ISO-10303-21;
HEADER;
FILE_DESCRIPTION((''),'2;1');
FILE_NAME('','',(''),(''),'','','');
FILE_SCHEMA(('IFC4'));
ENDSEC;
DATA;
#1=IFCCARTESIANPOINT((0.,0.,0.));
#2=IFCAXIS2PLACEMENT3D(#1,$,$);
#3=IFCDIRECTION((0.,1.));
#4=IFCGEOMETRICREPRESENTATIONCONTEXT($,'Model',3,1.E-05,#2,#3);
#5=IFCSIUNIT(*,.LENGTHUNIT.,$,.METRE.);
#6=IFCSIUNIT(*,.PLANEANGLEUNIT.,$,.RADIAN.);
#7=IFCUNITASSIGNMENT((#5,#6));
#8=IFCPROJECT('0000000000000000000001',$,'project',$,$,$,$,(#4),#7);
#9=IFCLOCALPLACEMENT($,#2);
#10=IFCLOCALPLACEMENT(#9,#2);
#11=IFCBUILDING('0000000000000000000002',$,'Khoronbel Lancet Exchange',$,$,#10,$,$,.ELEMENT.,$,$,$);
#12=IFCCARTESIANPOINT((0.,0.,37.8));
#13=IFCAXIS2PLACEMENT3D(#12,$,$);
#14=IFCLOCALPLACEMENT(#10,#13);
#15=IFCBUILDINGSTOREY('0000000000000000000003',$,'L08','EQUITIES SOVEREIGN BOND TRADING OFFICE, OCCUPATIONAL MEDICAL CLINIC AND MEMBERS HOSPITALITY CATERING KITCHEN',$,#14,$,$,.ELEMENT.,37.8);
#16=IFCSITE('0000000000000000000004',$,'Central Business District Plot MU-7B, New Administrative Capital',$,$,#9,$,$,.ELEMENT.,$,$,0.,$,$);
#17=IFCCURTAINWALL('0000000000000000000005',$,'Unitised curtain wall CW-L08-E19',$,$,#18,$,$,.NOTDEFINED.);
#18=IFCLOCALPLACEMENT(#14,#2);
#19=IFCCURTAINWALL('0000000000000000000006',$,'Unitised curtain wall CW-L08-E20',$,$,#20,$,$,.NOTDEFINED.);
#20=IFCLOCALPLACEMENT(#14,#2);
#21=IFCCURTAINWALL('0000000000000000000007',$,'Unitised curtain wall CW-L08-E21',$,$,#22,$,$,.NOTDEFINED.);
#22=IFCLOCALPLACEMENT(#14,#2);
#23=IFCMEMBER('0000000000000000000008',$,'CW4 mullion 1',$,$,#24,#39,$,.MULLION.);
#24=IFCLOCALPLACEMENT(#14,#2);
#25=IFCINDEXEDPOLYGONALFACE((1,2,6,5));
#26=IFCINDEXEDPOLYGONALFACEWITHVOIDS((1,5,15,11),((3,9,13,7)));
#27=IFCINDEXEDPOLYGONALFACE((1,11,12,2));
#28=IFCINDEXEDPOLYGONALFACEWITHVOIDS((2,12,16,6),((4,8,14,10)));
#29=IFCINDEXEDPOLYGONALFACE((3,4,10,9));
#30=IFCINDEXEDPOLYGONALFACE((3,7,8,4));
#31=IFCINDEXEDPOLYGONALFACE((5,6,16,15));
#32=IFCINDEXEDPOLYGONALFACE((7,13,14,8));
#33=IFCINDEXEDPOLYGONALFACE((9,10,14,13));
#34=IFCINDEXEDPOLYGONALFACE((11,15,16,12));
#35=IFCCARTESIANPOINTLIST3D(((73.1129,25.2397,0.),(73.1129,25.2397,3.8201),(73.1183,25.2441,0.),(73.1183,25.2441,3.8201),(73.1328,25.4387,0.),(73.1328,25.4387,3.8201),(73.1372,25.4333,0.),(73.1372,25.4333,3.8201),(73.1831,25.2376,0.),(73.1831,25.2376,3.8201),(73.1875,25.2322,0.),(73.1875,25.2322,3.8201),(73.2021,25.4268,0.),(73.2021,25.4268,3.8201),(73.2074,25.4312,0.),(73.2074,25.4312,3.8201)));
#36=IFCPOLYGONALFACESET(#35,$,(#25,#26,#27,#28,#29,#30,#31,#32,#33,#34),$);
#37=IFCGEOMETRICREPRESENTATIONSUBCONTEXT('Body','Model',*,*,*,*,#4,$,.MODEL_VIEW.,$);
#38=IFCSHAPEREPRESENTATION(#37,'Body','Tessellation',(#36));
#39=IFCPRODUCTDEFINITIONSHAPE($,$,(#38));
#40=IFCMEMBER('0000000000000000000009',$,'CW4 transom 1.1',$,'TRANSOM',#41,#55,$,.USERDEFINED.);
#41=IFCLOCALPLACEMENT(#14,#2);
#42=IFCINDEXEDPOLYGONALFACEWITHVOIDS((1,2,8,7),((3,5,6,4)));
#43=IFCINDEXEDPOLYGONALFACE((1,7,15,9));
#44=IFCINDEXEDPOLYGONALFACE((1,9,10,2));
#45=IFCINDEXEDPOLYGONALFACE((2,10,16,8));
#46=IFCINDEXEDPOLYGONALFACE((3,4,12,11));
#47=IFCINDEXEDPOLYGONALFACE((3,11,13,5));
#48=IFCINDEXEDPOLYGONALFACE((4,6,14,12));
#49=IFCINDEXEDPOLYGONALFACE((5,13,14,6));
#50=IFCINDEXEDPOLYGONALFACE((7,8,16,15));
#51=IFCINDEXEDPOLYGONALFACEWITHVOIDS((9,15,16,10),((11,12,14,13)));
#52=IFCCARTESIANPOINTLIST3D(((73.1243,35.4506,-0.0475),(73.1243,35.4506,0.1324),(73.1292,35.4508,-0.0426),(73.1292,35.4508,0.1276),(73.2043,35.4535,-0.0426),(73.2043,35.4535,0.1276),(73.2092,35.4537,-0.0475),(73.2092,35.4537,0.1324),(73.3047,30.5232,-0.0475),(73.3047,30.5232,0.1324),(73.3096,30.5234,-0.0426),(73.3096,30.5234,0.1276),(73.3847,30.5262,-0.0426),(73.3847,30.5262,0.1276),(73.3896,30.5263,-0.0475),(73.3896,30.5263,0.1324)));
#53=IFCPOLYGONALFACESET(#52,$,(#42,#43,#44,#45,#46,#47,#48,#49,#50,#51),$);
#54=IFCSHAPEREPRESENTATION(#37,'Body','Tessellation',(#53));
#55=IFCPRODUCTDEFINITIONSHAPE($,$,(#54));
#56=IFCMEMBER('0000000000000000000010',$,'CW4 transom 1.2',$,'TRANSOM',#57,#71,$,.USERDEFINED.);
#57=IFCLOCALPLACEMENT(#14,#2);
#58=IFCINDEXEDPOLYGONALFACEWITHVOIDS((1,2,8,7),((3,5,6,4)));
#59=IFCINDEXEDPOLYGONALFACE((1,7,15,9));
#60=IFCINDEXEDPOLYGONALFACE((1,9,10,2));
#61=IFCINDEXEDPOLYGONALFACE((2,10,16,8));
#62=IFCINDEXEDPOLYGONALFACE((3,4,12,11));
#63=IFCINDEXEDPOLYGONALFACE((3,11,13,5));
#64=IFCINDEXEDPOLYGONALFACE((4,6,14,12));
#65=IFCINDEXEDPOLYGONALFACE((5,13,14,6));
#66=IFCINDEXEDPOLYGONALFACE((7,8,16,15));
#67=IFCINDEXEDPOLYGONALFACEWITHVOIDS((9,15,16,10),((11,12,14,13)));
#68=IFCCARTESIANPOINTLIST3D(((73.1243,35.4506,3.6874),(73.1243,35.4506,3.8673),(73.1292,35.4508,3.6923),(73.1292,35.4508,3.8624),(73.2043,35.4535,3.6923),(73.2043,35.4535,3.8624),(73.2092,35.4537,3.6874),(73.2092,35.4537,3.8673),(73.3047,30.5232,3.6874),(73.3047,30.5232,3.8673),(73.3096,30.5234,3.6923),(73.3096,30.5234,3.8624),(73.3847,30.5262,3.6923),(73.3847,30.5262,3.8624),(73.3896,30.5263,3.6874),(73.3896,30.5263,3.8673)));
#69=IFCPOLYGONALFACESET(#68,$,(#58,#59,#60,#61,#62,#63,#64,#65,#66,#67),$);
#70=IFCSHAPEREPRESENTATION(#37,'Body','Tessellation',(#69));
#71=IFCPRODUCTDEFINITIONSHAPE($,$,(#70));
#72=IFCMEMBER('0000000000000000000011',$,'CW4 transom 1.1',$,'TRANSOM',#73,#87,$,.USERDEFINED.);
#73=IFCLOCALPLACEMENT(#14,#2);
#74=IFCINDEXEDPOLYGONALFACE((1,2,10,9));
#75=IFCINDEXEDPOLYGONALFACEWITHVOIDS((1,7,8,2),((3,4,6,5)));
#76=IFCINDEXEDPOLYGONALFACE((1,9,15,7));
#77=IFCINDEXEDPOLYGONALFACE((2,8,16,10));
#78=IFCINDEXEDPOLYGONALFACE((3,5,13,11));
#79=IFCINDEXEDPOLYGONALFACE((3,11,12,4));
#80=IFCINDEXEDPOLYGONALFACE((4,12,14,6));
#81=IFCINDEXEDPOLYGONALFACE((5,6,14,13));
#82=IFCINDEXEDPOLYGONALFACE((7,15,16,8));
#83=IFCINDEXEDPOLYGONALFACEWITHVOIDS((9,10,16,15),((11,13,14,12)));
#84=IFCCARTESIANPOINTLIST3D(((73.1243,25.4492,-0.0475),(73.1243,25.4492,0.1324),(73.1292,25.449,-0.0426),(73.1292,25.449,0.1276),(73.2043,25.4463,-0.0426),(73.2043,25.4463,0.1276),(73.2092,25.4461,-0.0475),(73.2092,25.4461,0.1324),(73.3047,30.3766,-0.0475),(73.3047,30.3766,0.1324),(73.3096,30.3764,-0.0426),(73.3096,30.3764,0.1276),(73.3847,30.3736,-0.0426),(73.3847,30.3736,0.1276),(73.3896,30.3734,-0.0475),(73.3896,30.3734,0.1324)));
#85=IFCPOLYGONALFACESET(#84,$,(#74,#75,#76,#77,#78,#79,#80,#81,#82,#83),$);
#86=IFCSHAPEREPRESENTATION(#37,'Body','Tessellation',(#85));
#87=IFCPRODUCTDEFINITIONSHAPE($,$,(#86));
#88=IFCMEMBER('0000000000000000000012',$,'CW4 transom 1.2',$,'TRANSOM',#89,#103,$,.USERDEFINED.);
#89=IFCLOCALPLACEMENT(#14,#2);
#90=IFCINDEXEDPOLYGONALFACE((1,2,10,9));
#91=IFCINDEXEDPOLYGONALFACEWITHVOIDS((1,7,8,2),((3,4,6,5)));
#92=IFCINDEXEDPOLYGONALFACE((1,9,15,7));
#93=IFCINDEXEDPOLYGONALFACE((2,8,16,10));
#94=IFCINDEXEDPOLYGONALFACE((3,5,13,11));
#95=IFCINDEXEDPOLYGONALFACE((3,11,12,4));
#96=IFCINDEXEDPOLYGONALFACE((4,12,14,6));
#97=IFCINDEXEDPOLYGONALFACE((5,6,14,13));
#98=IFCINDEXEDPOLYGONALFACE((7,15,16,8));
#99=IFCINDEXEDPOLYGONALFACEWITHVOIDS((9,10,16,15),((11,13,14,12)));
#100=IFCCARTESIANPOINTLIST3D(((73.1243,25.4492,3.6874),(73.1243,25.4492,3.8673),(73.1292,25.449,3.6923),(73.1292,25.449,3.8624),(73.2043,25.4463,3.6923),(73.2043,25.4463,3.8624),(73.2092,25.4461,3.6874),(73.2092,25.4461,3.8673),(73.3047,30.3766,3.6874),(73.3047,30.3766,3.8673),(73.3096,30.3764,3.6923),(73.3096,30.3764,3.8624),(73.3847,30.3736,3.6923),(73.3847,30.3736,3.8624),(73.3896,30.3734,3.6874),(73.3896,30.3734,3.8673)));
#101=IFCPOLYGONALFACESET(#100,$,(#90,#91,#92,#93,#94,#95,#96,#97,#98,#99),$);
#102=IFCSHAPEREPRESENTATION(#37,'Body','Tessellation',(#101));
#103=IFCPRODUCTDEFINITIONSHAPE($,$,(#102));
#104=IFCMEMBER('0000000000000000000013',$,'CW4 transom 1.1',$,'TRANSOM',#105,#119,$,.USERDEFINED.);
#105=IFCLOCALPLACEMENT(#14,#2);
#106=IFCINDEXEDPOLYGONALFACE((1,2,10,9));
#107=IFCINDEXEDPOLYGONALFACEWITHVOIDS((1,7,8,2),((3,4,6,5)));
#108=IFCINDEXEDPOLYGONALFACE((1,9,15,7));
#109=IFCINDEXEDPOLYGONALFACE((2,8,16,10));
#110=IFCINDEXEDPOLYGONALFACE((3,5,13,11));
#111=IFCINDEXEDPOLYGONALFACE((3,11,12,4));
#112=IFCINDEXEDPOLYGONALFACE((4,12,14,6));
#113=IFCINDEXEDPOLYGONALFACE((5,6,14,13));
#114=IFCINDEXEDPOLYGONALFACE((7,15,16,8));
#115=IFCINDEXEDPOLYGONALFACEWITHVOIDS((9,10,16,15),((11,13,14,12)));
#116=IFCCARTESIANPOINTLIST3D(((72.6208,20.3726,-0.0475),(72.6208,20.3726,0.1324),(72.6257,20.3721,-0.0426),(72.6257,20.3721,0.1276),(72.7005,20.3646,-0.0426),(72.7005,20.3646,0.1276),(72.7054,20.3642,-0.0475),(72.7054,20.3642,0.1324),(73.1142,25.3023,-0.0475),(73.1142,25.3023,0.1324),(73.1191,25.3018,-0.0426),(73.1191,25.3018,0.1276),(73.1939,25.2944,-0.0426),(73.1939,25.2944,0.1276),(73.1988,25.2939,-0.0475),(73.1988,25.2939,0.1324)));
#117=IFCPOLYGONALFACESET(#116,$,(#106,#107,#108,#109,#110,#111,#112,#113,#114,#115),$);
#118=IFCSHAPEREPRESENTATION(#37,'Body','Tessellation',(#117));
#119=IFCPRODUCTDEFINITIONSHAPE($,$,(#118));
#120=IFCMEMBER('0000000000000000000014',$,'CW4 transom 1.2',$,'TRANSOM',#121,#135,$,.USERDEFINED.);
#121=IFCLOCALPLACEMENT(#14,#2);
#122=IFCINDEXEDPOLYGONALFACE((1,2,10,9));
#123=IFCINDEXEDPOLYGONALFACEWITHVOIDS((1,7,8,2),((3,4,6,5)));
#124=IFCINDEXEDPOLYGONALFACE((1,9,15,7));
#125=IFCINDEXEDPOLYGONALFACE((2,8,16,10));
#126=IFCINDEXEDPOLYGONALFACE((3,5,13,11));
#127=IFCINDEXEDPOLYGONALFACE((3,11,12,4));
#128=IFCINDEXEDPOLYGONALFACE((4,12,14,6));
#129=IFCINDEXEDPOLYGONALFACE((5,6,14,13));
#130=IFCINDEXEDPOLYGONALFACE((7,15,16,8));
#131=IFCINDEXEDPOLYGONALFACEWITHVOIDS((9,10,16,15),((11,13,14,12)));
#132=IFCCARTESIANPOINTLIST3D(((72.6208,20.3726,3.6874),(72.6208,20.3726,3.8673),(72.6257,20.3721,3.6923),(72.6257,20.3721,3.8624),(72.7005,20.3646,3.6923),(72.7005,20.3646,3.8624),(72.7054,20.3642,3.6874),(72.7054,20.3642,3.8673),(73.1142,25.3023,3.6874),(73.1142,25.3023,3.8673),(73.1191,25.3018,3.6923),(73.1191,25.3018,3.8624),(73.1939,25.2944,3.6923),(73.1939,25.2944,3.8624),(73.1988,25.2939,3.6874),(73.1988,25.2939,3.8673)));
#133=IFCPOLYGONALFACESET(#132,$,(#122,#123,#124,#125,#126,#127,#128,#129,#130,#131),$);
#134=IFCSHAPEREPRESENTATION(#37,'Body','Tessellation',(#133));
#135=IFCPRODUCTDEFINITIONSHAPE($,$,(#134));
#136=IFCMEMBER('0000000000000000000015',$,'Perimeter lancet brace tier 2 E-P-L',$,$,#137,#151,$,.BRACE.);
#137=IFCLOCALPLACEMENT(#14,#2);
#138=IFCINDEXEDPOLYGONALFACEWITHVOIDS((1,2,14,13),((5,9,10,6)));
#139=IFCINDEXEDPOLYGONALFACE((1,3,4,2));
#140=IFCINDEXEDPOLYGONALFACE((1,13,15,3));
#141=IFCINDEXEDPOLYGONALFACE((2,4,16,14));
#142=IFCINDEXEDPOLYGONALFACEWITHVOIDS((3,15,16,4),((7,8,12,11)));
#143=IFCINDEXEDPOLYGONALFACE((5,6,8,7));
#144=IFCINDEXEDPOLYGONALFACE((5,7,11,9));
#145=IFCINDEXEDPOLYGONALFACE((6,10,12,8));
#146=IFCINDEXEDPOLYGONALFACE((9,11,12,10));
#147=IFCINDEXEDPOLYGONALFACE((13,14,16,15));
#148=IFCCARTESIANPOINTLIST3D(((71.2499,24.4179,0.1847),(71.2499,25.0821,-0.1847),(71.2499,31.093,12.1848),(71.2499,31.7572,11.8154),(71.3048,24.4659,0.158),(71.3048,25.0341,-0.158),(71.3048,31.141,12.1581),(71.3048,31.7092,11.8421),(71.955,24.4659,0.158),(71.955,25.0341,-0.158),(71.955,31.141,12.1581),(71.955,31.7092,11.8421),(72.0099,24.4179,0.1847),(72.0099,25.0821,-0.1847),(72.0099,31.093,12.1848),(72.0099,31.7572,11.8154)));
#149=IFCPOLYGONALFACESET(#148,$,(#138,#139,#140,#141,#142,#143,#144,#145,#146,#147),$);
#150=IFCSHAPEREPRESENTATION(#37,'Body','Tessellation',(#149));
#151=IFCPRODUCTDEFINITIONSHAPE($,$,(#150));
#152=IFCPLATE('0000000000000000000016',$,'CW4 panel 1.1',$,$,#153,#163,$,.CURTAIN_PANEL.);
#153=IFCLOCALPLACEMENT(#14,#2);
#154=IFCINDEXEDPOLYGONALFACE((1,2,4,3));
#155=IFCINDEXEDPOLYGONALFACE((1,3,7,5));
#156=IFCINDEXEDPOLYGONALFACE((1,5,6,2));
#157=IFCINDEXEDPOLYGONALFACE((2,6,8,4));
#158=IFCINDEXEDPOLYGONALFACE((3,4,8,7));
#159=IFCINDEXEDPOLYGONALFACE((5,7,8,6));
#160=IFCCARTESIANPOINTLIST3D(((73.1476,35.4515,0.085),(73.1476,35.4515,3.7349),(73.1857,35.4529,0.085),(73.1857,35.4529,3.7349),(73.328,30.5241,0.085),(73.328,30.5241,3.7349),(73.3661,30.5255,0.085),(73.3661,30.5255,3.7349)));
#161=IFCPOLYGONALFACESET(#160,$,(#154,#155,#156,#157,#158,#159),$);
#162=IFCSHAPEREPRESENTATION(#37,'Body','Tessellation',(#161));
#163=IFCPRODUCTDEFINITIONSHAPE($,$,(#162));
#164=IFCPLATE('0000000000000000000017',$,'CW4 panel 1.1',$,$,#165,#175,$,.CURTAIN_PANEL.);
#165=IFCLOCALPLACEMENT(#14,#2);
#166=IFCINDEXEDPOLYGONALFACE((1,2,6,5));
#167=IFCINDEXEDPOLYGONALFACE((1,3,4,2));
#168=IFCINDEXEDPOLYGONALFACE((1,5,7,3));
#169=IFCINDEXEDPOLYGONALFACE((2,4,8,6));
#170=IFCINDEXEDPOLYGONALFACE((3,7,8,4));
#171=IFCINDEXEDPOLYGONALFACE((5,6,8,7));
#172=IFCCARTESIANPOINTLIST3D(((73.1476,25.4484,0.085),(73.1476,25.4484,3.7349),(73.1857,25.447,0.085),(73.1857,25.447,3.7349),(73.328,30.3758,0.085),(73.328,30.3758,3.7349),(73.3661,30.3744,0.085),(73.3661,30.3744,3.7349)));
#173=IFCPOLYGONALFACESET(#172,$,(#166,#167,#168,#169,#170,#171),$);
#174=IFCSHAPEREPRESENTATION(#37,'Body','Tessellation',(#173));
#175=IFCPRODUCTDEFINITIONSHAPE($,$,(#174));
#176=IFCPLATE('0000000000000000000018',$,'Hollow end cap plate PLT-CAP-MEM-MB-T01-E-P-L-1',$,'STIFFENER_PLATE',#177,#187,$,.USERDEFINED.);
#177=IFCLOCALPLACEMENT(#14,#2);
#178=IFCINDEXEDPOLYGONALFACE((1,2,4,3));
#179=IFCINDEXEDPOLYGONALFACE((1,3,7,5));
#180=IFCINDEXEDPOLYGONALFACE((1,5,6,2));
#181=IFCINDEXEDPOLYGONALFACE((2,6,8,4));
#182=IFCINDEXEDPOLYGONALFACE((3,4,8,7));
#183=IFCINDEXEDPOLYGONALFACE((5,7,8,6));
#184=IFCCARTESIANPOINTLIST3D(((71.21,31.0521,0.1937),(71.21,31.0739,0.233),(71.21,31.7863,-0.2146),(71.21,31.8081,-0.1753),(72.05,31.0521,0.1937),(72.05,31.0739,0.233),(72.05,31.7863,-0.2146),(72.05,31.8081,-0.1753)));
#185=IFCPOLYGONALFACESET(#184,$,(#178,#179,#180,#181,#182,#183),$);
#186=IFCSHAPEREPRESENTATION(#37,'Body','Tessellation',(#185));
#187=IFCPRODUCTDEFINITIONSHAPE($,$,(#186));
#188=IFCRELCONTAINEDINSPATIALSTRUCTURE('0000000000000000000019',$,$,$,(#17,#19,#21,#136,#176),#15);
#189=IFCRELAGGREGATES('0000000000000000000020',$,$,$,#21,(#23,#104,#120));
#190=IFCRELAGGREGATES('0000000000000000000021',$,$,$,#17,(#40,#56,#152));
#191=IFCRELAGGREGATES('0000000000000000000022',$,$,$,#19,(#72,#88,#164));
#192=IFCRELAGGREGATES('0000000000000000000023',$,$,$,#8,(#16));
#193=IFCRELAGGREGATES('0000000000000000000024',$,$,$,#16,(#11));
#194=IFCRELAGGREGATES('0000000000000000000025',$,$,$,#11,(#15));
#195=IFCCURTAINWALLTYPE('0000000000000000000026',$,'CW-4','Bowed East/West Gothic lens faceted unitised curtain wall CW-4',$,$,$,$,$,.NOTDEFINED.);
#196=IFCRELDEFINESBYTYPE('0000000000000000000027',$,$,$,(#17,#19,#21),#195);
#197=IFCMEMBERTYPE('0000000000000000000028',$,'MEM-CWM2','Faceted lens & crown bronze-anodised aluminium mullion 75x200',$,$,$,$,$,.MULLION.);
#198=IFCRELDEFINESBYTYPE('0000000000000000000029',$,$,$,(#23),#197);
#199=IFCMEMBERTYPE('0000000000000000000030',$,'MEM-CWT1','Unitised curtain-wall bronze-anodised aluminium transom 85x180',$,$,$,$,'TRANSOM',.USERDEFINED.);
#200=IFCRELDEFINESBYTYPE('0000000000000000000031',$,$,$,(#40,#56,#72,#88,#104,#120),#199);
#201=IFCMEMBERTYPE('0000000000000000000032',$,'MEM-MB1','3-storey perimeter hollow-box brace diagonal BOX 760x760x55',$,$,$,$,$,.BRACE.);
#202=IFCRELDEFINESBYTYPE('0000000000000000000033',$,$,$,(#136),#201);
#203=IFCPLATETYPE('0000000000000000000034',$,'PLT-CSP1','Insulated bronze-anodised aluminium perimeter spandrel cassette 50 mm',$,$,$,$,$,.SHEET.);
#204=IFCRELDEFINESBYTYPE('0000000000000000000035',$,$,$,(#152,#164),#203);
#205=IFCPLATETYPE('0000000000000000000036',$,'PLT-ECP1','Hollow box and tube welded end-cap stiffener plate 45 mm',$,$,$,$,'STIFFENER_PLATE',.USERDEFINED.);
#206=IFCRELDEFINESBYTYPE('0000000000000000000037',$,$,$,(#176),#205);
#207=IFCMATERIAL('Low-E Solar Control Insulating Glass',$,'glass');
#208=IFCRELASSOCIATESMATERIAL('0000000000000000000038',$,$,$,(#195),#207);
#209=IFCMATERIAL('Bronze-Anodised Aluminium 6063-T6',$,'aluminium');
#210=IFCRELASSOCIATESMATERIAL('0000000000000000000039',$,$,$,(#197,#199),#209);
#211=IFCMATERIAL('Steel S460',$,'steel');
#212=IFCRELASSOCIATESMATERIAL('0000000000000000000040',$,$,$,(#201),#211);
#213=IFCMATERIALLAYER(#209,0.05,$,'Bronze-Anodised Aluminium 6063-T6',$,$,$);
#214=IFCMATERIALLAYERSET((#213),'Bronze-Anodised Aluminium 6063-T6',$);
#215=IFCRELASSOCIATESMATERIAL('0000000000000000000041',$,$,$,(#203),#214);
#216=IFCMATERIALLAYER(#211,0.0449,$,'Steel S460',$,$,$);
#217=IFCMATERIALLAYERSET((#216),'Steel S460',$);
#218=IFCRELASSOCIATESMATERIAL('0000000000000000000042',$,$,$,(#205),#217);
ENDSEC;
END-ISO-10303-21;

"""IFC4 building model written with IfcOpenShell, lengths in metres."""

from ifc_helpers import new_model, si_unit, direction, frame, origin, origin_2d, place, context, subcontext, project, spatial, polyline, rectangle, hollow_rectangle, outline, extrude, material, layer, layer_set, material_profile, profile_set, type_object, element, aggregate, save


model = new_model("IFC4")

# Units and contexts
model_context = context("Model", 3, precision=1e-05, world=origin(), true_north=direction((0.0, 1.0)))
body_context = subcontext(model_context, "Body", "Model", "MODEL_VIEW")
ifc_project = project(units=[si_unit("LENGTHUNIT", "METRE"), si_unit("PLANEANGLEUNIT", "RADIAN")], contexts=[model_context])

# Site, building, storey
site_placement = place(None, origin())
site = spatial("IfcSite", under=ifc_project, at=site_placement, Name="Central Business District Plot MU-7B, New Administrative Capital", CompositionType="ELEMENT", RefElevation=0.0)
building_placement = place(site_placement, origin())
building = spatial("IfcBuilding", under=site, at=building_placement, Name="Khoronbel Lancet Exchange", CompositionType="ELEMENT")
storey_placement = place(building_placement, frame((0.0, 0.0, 37.8)))
storey = spatial("IfcBuildingStorey", under=building, at=storey_placement, Name="L08", Description="EQUITIES SOVEREIGN BOND TRADING OFFICE, OCCUPATIONAL MEDICAL CLINIC AND MEMBERS HOSPITALITY CATERING KITCHEN", CompositionType="ELEMENT", Elevation=37.8)

# Shared definitions
ifc_material_1 = material(Name="Low-E Solar Control Insulating Glass", Category="glass")
curtain_wall_type = type_object("IfcCurtainWallType", Name="CW-4", Description="Bowed East/West Gothic lens faceted unitised curtain wall CW-4", PredefinedType="NOTDEFINED", material=ifc_material_1)
ifc_material_2 = material(Name="Bronze-Anodised Aluminium 6063-T6", Category="aluminium")
ifc_material_profile_1 = material_profile(ifc_material_2, hollow_rectangle(XDim=0.075, YDim=0.2, WallThickness=0.0049, at=origin_2d()), Name="ALU MULLION 75x200")
ifc_profile_set_1 = profile_set([ifc_material_profile_1], Name="Bronze-Anodised Aluminium 6063-T6")
member_type_1 = type_object("IfcMemberType", Name="MEM-CWM2", Description="Faceted lens & crown bronze-anodised aluminium mullion 75x200", PredefinedType="MULLION", material=ifc_profile_set_1)

# Curtain walls
curtain_wall_1_placement = place(storey_placement, origin())
curtain_wall_1 = element("IfcCurtainWall", 1, at=curtain_wall_1_placement, inside=storey, type_object=curtain_wall_type, Name="Unitised curtain wall CW-L08-E19", PredefinedType="NOTDEFINED")
curtain_wall_2_placement = place(storey_placement, origin())
curtain_wall_2 = element("IfcCurtainWall", 2, at=curtain_wall_2_placement, inside=storey, type_object=curtain_wall_type, Name="Unitised curtain wall CW-L08-E20", PredefinedType="NOTDEFINED")

# Curtain wall, member
curtain_wall_3_placement = place(storey_placement, origin())
curtain_wall_3 = element("IfcCurtainWall", 3, at=curtain_wall_3_placement, inside=storey, type_object=curtain_wall_type, Name="Unitised curtain wall CW-L08-E21", PredefinedType="NOTDEFINED")
member_1_placement = place(storey_placement, frame((73.1602, 25.3354, 0.0), z_axis=(0.0, 0.0, 1.0), x_axis=(0.995027, -0.099603, 0.0)))
member_1 = element("IfcMember", 4, at=member_1_placement, type_object=member_type_1, Name="CW4 mullion 1", PredefinedType="MULLION", context=body_context, shape_type="SweptSolid", body=[
    extrude(hollow_rectangle(XDim=0.075, YDim=0.2, WallThickness=0.0049, at=origin_2d()), origin(), (0.0, 0.0, 1.0), 3.8201),
])

# Members
ifc_material_profile_2 = material_profile(ifc_material_2, hollow_rectangle(XDim=0.085, YDim=0.1799, WallThickness=0.0049, at=origin_2d()), Name="ALU TRANSOM 85x180")
ifc_profile_set_2 = profile_set([ifc_material_profile_2], Name="Bronze-Anodised Aluminium 6063-T6")
member_type_2 = type_object("IfcMemberType", Name="MEM-CWT1", Description="Unitised curtain-wall bronze-anodised aluminium transom 85x180", ElementType="TRANSOM", PredefinedType="USERDEFINED", material=ifc_profile_set_2)
member_2_placement = place(storey_placement, frame((73.1667, 35.4521, 0.0425), z_axis=(0.036592, -0.99933, 0.0), x_axis=(0.99933, 0.036592, 0.0)))
member_2 = element("IfcMember", 5, at=member_2_placement, type_object=member_type_2, Name="CW4 transom 1.1", ObjectType="TRANSOM", PredefinedType="USERDEFINED", context=body_context, shape_type="SweptSolid", body=[
    extrude(hollow_rectangle(XDim=0.085, YDim=0.1799, WallThickness=0.0049, at=origin_2d()), origin(), (0.0, 0.0, 1.0), 4.9307),
])
member_3_placement = place(storey_placement, frame((73.1667, 35.4521, 3.7773), z_axis=(0.036592, -0.99933, 0.0), x_axis=(0.99933, 0.036592, 0.0)))
member_3 = element("IfcMember", 6, at=member_3_placement, type_object=member_type_2, Name="CW4 transom 1.2", ObjectType="TRANSOM", PredefinedType="USERDEFINED", context=body_context, shape_type="SweptSolid", body=[
    extrude(hollow_rectangle(XDim=0.085, YDim=0.1799, WallThickness=0.0049, at=origin_2d()), origin(), (0.0, 0.0, 1.0), 4.9307),
])
member_4_placement = place(storey_placement, frame((73.3472, 30.375, 0.0425), z_axis=(-0.036592, -0.99933, 0.0), x_axis=(0.99933, -0.036592, 0.0)))
member_4 = element("IfcMember", 7, at=member_4_placement, type_object=member_type_2, Name="CW4 transom 1.1", ObjectType="TRANSOM", PredefinedType="USERDEFINED", context=body_context, shape_type="SweptSolid", body=[
    extrude(hollow_rectangle(XDim=0.085, YDim=0.1799, WallThickness=0.0049, at=origin_2d()), origin(), (0.0, 0.0, 1.0), 4.9307),
])
member_5_placement = place(storey_placement, frame((73.3472, 30.375, 3.7773), z_axis=(-0.036592, -0.99933, 0.0), x_axis=(0.99933, -0.036592, 0.0)))
member_5 = element("IfcMember", 8, at=member_5_placement, type_object=member_type_2, Name="CW4 transom 1.2", ObjectType="TRANSOM", PredefinedType="USERDEFINED", context=body_context, shape_type="SweptSolid", body=[
    extrude(hollow_rectangle(XDim=0.085, YDim=0.1799, WallThickness=0.0049, at=origin_2d()), origin(), (0.0, 0.0, 1.0), 4.9307),
])
member_6_placement = place(storey_placement, frame((73.1565, 25.2981, 0.0425), z_axis=(-0.099592, -0.995028, 0.0), x_axis=(0.995028, -0.099592, 0.0)))
member_6 = element("IfcMember", 9, at=member_6_placement, type_object=member_type_2, Name="CW4 transom 1.1", ObjectType="TRANSOM", PredefinedType="USERDEFINED", context=body_context, shape_type="SweptSolid", body=[
    extrude(hollow_rectangle(XDim=0.085, YDim=0.1799, WallThickness=0.0049, at=origin_2d()), origin(), (0.0, 0.0, 1.0), 4.9543),
])
member_7_placement = place(storey_placement, frame((73.1565, 25.2981, 3.7773), z_axis=(-0.099592, -0.995028, 0.0), x_axis=(0.995028, -0.099592, 0.0)))
member_7 = element("IfcMember", 10, at=member_7_placement, type_object=member_type_2, Name="CW4 transom 1.2", ObjectType="TRANSOM", PredefinedType="USERDEFINED", context=body_context, shape_type="SweptSolid", body=[
    extrude(hollow_rectangle(XDim=0.085, YDim=0.1799, WallThickness=0.0049, at=origin_2d()), origin(), (0.0, 0.0, 1.0), 4.9543),
])
aggregate(curtain_wall_3, [member_1, member_6, member_7])
ifc_material_3 = material(Name="Steel S460", Category="steel")
ifc_material_profile_3 = material_profile(ifc_material_3, hollow_rectangle(XDim=0.76, YDim=0.76, WallThickness=0.0549, at=origin_2d()), Name="BOX 760x760x55")
ifc_profile_set_3 = profile_set([ifc_material_profile_3], Name="Steel S460")
member_type_3 = type_object("IfcMemberType", Name="MEM-MB1", Description="3-storey perimeter hollow-box brace diagonal BOX 760x760x55", PredefinedType="BRACE", material=ifc_profile_set_3)
member_8_placement = place(storey_placement, frame((71.6299, 24.75, 0.0), z_axis=(0.0, 0.486109, 0.873898), x_axis=(-1.0, 0.0, 0.0)))
element("IfcMember", 11, at=member_8_placement, inside=storey, type_object=member_type_3, Name="Perimeter lancet brace tier 2 E-P-L", PredefinedType="BRACE", context=body_context, shape_type="SweptSolid", body=[
    extrude(hollow_rectangle(XDim=0.76, YDim=0.76, WallThickness=0.0549, at=origin_2d()), origin(), (0.0, 0.0, 1.0), 13.7317),
])

# Plates
ifc_layer_1 = layer(ifc_material_2, 0.05, Name="Bronze-Anodised Aluminium 6063-T6")
ifc_layer_set_1 = layer_set([ifc_layer_1], Name="Bronze-Anodised Aluminium 6063-T6")
plate_type_1 = type_object("IfcPlateType", Name="PLT-CSP1", Description="Insulated bronze-anodised aluminium perimeter spandrel cassette 50 mm", PredefinedType="SHEET", material=ifc_layer_set_1)
plate_1_placement = place(storey_placement, frame((73.2568, 32.9885, 0.085), z_axis=(0.0, 0.0, 1.0), x_axis=(0.03659, -0.99933, 0.0)))
plate_1 = element("IfcPlate", 12, at=plate_1_placement, type_object=plate_type_1, Name="CW4 panel 1.1", PredefinedType="CURTAIN_PANEL", context=body_context, shape_type="SweptSolid", body=[
    extrude(rectangle(XDim=4.9307, YDim=0.0381, at=origin_2d()), origin(), (0.0, 0.0, 1.0), 3.6499),
])
aggregate(curtain_wall_1, [member_2, member_3, plate_1])
plate_2_placement = place(storey_placement, frame((73.2568, 27.9114, 0.085), z_axis=(0.0, 0.0, 1.0), x_axis=(-0.03659, -0.99933, 0.0)))
plate_2 = element("IfcPlate", 13, at=plate_2_placement, type_object=plate_type_1, Name="CW4 panel 1.1", PredefinedType="CURTAIN_PANEL", context=body_context, shape_type="SweptSolid", body=[
    extrude(rectangle(XDim=4.9307, YDim=0.0381, at=origin_2d()), origin(), (0.0, 0.0, 1.0), 3.6499),
])
aggregate(curtain_wall_2, [member_4, member_5, plate_2])

# Plate
ifc_layer_2 = layer(ifc_material_3, 0.0449, Name="Steel S460")
ifc_layer_set_2 = layer_set([ifc_layer_2], Name="Steel S460")
plate_type_2 = type_object("IfcPlateType", Name="PLT-ECP1", Description="Hollow box and tube welded end-cap stiffener plate 45 mm", ElementType="STIFFENER_PLATE", PredefinedType="USERDEFINED", material=ifc_layer_set_2)
plate_3_placement = place(storey_placement, frame((72.05, 31.8081, -0.1753), z_axis=(0.0, 0.485964, 0.873979), x_axis=(-1.0, 0.0, 0.0)))
element("IfcPlate", 14, at=plate_3_placement, inside=storey, type_object=plate_type_2, Name="Hollow end cap plate PLT-CAP-MEM-MB-T01-E-P-L-1", ObjectType="STIFFENER_PLATE", PredefinedType="USERDEFINED", context=body_context, shape_type="SweptSolid", body=[
    extrude(outline(polyline([(0.0, 0.0), (0.8401, 0.0), (0.8401, 0.8401), (0.0, 0.8401), (0.0, 0.0)])), origin(), (0.0, 0.0, -1.0), 0.0449),
])

save(model, "model.ifc")
